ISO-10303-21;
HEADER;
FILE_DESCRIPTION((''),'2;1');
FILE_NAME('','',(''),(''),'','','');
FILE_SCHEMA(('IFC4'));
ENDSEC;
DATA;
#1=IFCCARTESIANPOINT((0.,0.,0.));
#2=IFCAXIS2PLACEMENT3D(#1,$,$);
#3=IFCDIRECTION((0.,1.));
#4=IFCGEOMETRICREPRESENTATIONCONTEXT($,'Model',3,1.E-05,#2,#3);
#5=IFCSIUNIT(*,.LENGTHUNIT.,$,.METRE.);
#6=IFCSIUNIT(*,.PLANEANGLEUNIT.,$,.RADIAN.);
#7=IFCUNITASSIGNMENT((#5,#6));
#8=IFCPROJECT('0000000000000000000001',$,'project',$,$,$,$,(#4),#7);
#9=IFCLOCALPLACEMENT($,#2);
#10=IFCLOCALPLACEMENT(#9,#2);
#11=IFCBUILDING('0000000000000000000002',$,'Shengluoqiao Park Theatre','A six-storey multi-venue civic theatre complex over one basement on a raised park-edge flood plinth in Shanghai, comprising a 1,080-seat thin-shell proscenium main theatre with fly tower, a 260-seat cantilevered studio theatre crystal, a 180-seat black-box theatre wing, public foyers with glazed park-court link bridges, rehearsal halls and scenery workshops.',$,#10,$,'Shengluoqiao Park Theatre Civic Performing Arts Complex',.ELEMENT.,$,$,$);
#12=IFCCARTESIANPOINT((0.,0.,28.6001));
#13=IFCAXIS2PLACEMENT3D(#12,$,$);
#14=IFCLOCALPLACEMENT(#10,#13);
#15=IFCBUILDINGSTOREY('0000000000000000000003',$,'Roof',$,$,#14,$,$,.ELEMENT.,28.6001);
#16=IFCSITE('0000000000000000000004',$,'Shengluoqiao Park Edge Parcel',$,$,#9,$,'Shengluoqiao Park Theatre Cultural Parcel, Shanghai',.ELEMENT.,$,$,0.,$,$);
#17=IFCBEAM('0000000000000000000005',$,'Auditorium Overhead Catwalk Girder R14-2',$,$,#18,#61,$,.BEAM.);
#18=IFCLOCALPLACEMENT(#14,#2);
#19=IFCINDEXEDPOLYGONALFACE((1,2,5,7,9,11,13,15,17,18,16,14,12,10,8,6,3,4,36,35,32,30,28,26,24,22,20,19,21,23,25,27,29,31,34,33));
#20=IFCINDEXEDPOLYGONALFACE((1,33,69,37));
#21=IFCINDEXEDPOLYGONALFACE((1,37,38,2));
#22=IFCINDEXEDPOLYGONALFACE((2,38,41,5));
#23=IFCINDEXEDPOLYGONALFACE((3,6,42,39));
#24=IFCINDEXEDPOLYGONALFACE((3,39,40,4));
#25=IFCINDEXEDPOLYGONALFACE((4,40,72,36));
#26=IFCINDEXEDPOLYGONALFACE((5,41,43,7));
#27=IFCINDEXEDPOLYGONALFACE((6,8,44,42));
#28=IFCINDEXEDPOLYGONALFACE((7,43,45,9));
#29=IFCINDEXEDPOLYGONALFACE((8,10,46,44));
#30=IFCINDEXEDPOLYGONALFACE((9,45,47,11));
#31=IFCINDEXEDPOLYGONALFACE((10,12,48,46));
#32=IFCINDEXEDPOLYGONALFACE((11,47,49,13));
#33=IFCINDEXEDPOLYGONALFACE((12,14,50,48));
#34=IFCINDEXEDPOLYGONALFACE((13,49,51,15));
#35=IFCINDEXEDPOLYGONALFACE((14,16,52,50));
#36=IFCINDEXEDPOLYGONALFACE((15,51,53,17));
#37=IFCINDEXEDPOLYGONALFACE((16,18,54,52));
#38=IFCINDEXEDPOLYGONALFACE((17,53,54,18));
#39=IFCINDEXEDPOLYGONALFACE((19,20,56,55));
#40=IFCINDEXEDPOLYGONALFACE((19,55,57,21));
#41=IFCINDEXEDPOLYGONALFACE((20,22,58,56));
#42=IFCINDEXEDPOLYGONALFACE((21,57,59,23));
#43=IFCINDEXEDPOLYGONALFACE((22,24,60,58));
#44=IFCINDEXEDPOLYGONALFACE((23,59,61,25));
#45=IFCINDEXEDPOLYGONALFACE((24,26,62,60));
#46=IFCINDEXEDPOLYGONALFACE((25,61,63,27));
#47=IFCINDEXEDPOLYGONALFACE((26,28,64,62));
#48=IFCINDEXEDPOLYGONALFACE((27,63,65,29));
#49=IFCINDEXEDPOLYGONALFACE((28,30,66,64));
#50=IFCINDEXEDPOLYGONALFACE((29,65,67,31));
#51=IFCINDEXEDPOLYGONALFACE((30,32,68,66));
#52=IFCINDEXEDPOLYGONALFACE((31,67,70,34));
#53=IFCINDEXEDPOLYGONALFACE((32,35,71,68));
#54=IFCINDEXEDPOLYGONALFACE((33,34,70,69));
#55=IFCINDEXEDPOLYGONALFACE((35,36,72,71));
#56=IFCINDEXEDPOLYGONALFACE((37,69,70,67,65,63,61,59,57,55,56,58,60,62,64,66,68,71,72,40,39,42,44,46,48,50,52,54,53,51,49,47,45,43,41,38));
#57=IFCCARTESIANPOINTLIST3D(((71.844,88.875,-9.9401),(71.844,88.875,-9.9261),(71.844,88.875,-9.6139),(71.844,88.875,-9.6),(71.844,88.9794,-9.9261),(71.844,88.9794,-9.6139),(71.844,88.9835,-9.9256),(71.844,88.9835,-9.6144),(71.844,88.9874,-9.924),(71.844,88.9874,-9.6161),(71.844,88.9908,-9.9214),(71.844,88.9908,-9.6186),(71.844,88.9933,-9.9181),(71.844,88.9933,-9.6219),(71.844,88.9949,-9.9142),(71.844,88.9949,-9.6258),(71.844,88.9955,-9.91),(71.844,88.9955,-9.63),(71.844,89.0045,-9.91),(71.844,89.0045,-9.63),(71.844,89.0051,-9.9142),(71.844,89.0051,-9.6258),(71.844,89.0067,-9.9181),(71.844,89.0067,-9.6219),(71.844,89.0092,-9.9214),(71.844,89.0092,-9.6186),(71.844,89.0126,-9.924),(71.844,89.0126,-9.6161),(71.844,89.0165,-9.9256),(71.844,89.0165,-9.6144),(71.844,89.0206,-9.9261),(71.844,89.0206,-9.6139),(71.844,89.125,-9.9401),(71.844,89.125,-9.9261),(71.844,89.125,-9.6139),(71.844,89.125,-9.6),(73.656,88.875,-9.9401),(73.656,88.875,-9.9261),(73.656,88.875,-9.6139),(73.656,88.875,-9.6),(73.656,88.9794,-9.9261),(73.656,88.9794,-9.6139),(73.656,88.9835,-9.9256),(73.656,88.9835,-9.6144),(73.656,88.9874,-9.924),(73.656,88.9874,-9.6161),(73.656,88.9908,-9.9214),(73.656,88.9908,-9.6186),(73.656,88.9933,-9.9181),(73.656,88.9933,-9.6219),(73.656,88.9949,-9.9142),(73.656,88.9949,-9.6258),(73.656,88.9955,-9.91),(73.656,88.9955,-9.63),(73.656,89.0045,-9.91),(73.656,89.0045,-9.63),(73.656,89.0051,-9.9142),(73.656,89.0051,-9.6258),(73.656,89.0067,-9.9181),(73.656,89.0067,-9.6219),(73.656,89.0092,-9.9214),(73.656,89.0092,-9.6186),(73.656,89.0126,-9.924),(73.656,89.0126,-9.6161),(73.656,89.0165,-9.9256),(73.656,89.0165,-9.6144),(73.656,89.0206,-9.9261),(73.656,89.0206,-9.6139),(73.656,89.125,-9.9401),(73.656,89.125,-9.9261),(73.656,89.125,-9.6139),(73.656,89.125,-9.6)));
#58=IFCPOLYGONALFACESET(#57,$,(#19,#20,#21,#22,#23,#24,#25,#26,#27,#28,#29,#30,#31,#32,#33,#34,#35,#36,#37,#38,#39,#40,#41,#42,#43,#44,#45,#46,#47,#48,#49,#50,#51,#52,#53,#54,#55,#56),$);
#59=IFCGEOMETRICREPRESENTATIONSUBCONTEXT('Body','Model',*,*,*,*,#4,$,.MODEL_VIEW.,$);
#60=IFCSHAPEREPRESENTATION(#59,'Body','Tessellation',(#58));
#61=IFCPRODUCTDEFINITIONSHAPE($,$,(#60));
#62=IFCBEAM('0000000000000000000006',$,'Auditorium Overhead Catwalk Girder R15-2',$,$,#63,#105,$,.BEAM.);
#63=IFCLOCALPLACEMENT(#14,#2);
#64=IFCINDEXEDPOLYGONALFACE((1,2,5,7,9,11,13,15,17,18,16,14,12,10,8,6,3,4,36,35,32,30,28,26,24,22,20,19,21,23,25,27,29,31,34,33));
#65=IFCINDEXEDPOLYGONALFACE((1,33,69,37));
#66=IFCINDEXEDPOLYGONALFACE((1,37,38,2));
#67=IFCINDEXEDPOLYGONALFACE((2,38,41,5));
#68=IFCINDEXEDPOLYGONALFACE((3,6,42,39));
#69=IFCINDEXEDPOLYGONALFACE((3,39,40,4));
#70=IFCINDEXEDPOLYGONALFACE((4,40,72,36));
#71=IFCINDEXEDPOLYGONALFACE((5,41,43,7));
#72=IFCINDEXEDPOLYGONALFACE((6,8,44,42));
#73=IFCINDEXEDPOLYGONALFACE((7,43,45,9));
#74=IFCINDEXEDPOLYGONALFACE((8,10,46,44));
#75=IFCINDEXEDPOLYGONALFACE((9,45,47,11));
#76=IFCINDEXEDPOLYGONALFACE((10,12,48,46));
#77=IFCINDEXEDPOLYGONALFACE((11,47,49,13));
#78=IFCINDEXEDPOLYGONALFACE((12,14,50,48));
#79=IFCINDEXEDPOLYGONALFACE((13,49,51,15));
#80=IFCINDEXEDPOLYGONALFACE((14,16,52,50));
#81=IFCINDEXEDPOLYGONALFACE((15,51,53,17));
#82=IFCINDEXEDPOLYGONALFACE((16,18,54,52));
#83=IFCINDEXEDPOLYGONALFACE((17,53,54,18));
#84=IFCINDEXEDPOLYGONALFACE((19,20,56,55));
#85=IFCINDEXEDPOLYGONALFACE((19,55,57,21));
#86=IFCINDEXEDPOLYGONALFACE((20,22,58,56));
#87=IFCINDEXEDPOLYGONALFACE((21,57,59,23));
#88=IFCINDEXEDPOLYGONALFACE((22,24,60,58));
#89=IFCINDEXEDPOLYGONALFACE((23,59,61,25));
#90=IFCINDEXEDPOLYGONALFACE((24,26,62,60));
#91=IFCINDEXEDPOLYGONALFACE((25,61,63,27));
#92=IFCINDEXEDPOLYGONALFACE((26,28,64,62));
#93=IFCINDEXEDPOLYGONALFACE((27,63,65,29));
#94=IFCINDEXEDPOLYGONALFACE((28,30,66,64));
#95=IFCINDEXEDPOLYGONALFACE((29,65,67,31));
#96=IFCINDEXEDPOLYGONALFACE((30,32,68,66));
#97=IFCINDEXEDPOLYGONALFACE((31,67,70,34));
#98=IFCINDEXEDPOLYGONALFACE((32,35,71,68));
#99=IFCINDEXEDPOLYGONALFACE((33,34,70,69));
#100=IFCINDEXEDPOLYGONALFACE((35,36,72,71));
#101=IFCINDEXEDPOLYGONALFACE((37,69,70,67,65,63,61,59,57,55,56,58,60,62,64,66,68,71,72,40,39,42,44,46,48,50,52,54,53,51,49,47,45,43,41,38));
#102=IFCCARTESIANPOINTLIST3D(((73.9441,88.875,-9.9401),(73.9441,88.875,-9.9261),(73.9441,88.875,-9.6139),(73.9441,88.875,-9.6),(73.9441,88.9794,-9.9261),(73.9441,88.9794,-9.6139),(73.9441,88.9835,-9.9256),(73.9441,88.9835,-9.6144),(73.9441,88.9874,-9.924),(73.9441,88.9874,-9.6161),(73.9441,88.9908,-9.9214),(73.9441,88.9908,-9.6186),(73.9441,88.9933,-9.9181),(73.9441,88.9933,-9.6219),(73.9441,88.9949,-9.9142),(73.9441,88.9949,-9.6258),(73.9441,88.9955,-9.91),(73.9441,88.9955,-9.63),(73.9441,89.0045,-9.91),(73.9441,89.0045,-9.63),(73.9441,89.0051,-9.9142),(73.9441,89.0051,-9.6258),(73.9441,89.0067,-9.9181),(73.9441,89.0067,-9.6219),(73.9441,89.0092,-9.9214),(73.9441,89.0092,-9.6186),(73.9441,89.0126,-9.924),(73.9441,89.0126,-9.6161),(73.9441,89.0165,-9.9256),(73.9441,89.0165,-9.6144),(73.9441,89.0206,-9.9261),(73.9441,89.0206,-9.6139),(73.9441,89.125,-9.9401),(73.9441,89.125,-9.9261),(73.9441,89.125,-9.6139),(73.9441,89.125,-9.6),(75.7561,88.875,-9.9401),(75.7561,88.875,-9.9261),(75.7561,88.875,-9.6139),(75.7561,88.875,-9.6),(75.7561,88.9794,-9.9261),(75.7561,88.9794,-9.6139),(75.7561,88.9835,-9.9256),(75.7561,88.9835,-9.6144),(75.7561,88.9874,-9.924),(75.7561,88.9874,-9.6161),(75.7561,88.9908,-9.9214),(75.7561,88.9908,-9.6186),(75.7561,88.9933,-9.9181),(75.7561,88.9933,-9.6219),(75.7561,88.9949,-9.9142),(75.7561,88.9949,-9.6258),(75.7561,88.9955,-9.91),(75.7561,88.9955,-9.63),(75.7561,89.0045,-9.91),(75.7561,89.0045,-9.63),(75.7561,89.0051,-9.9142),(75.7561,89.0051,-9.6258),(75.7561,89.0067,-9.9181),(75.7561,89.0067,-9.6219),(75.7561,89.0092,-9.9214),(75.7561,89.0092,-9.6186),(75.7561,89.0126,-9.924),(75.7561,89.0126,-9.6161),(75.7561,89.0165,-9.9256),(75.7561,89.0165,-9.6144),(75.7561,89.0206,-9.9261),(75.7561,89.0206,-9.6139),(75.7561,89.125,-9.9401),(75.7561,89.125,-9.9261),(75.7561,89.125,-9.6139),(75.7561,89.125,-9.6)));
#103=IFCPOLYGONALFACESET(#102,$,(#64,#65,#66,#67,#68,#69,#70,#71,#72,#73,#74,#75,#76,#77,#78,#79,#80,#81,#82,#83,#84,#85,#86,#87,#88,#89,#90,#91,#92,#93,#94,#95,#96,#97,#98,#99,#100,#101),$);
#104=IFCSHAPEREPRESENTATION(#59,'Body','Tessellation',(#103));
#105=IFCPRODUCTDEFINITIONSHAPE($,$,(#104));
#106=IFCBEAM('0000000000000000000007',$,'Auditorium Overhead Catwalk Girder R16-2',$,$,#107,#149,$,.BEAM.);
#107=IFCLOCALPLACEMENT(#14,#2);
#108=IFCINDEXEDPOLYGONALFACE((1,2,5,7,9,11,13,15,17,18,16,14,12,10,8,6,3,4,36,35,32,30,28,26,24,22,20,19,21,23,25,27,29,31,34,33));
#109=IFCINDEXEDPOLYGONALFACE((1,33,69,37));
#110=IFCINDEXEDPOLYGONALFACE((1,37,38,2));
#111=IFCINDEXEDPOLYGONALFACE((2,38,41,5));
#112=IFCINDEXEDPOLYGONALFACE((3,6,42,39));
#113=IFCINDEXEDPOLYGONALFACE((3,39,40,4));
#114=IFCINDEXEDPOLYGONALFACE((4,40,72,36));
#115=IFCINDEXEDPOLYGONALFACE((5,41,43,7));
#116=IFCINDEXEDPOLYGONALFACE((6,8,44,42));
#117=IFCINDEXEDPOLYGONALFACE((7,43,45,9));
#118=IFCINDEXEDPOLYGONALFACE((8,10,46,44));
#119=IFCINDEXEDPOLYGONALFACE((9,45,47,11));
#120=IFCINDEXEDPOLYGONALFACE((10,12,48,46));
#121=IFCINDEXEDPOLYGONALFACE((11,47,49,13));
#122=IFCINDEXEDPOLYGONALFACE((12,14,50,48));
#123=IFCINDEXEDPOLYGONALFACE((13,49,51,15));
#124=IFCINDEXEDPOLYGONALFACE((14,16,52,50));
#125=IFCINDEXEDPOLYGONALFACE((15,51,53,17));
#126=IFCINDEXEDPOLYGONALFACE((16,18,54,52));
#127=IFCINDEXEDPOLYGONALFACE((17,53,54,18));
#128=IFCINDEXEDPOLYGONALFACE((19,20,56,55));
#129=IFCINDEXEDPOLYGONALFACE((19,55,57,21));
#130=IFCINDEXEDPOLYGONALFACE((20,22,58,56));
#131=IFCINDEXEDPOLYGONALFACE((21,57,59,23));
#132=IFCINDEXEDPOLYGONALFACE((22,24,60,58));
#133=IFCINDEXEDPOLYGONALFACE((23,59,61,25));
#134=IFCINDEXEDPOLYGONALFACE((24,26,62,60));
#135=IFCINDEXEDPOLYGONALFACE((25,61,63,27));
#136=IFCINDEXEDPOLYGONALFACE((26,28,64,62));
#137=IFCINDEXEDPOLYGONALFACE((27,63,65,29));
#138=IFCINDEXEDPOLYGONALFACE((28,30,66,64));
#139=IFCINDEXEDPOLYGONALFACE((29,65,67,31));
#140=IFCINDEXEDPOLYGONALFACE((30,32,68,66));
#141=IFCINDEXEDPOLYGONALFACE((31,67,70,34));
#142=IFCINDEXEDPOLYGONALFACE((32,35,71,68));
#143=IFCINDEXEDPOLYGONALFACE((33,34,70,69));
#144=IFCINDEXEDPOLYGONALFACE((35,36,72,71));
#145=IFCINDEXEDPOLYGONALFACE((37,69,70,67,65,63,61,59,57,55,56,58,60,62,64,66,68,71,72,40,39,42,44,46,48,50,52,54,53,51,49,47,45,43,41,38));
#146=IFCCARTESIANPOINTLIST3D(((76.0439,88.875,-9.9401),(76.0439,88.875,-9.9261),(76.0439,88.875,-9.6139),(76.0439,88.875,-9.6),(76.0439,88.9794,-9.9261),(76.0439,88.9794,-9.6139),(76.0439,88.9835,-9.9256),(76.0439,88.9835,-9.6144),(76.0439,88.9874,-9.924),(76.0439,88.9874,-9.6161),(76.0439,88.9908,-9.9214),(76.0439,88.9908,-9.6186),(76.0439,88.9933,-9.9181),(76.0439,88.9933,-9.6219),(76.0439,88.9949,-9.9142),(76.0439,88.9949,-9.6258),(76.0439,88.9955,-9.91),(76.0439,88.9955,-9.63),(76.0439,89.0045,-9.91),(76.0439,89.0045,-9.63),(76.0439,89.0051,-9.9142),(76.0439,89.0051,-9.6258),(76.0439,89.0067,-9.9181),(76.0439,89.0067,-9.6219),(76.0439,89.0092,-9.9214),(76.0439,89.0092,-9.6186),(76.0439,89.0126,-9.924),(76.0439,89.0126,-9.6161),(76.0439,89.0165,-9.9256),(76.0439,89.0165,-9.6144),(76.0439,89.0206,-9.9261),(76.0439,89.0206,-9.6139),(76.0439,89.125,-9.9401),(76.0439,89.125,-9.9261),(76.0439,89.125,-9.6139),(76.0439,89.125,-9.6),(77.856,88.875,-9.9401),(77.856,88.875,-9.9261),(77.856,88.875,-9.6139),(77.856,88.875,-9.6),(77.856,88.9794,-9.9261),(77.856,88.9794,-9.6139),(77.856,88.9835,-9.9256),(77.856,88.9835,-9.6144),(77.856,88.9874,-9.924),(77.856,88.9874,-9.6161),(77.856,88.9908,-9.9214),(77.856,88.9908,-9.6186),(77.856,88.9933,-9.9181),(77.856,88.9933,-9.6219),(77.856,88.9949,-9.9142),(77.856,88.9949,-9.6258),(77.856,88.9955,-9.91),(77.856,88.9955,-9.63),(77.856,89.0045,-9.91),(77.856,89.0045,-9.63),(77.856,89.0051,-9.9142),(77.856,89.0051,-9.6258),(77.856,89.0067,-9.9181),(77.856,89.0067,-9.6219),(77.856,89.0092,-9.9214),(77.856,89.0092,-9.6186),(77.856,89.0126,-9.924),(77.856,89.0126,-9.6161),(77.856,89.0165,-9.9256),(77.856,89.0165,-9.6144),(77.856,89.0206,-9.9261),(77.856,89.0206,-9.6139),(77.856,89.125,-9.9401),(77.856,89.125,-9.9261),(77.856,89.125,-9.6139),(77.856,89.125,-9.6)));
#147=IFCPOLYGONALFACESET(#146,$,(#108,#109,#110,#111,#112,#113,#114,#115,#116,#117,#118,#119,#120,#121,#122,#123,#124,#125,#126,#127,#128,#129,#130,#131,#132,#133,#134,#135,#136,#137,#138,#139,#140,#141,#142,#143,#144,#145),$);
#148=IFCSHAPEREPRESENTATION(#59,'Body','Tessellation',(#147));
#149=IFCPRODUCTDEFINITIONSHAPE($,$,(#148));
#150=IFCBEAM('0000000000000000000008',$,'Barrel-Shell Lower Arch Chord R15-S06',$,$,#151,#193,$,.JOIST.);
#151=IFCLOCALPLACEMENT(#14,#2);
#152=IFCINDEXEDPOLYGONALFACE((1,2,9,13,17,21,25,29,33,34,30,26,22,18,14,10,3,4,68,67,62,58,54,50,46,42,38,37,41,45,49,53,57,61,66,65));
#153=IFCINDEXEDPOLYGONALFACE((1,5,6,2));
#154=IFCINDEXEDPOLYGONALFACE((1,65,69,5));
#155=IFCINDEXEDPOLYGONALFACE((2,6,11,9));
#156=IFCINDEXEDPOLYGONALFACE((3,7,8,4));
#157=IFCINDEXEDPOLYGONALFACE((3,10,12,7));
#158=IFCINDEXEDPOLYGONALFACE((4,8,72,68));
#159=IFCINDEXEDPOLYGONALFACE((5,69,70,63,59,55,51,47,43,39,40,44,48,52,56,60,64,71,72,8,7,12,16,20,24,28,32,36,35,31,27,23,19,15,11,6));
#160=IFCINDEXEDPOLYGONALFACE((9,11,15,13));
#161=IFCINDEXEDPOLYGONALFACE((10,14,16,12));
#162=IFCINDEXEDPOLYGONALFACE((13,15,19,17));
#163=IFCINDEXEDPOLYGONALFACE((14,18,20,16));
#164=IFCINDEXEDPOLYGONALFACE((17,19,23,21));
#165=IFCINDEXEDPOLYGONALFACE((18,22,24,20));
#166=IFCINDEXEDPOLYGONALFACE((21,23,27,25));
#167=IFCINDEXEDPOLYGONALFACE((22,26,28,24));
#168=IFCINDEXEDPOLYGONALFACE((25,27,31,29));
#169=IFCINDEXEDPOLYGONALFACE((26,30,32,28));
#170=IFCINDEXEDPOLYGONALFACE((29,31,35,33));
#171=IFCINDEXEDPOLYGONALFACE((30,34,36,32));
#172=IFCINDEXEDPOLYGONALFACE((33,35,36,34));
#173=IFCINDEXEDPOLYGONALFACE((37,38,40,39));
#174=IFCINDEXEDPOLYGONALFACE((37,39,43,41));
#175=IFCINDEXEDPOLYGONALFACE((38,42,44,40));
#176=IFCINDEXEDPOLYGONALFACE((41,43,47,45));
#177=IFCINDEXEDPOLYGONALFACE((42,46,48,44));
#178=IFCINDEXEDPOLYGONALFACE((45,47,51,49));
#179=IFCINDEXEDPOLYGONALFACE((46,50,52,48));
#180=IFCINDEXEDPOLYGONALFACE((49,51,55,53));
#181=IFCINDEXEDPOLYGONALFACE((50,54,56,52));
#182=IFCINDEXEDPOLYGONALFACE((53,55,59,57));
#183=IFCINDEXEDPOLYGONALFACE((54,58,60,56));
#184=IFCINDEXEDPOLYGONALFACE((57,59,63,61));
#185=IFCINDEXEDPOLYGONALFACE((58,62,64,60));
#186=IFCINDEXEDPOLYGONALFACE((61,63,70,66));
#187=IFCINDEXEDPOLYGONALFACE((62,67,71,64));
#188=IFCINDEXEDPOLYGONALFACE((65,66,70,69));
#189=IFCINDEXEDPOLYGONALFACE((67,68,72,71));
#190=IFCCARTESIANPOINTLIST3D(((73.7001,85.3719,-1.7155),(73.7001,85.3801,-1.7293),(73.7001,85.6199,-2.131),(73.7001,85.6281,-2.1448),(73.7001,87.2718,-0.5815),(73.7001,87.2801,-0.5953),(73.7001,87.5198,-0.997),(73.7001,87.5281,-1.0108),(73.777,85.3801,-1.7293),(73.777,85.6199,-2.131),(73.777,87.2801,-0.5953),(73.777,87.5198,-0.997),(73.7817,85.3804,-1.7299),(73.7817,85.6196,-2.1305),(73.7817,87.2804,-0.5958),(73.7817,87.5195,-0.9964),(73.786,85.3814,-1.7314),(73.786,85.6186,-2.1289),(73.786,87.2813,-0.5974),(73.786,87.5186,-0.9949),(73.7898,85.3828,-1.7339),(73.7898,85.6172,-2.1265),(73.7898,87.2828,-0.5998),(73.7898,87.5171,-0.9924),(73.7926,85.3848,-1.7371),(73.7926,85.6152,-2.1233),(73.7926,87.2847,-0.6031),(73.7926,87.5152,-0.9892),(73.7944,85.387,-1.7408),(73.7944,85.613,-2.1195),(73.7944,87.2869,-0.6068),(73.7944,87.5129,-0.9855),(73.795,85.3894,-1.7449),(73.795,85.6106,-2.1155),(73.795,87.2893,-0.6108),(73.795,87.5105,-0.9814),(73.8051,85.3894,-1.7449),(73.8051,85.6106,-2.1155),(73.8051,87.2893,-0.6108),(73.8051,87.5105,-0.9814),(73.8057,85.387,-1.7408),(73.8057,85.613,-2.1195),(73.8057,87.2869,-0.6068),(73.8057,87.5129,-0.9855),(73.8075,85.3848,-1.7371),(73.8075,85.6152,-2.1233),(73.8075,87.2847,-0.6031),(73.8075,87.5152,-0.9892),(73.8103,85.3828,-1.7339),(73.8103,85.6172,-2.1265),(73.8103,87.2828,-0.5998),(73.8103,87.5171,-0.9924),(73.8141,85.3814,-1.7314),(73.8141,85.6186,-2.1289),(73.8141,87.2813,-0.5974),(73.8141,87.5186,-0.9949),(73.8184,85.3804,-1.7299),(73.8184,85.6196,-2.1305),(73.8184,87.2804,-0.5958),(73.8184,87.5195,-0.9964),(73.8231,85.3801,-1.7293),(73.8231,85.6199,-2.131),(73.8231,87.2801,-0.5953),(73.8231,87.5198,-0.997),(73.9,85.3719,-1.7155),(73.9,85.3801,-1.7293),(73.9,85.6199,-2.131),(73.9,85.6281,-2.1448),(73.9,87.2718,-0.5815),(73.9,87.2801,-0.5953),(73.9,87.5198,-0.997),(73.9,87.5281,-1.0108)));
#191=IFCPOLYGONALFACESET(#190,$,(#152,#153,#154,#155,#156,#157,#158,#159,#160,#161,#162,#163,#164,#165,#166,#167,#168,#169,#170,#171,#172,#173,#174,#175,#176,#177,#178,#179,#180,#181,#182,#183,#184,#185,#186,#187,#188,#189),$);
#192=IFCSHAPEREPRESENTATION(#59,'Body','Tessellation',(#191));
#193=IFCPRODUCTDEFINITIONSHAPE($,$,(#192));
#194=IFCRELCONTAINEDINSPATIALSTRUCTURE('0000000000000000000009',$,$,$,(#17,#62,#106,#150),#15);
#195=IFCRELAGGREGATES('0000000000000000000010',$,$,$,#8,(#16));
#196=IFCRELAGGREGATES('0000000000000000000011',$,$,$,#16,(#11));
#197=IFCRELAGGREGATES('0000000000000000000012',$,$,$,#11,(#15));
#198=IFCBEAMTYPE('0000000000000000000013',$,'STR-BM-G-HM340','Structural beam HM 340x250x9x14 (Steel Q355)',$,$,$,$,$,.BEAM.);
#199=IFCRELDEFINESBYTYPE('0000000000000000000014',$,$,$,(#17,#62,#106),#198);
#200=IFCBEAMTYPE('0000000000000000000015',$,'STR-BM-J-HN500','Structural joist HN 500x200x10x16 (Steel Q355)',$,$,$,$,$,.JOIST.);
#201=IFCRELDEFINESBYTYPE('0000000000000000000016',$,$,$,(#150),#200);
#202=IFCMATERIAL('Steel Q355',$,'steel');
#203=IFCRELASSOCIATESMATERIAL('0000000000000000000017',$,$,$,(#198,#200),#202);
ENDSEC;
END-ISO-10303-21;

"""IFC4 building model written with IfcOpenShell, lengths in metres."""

from ifc_helpers import new_model, si_unit, direction, frame, origin, origin_2d, place, context, subcontext, project, spatial, i_section, extrude, material, material_profile, profile_set, type_object, element, save


model = new_model("IFC4")

# Units and contexts
model_context = context("Model", 3, precision=1e-05, world=origin(), true_north=direction((0.0, 1.0)))
body_context = subcontext(model_context, "Body", "Model", "MODEL_VIEW")
ifc_project = project(units=[si_unit("LENGTHUNIT", "METRE"), si_unit("PLANEANGLEUNIT", "RADIAN")], contexts=[model_context])

# Site, building, storey
site_placement = place(None, origin())
site = spatial("IfcSite", under=ifc_project, at=site_placement, Name="Shengluoqiao Park Edge Parcel", LongName="Shengluoqiao Park Theatre Cultural Parcel, Shanghai", CompositionType="ELEMENT", RefElevation=0.0)
building_placement = place(site_placement, origin())
building = spatial("IfcBuilding", under=site, at=building_placement, Name="Shengluoqiao Park Theatre", Description="A six-storey multi-venue civic theatre complex over one basement on a raised park-edge flood plinth in Shanghai, comprising a 1,080-seat thin-shell proscenium main theatre with fly tower, a 260-seat cantilevered studio theatre crystal, a 180-seat black-box theatre wing, public foyers with glazed park-court link bridges, rehearsal halls and scenery workshops.", LongName="Shengluoqiao Park Theatre Civic Performing Arts Complex", CompositionType="ELEMENT")
storey_placement = place(building_placement, frame((0.0, 0.0, 28.6001)))
storey = spatial("IfcBuildingStorey", under=building, at=storey_placement, Name="Roof", CompositionType="ELEMENT", Elevation=28.6001)

# Beams
ifc_material = material(Name="Steel Q355", Category="steel")
ifc_material_profile_1 = material_profile(ifc_material, i_section(OverallWidth=0.25, OverallDepth=0.3401, WebThickness=0.009, FlangeThickness=0.0139, FilletRadius=0.0161, at=origin_2d()), Name="HM 340x250x9x14")
ifc_profile_set_1 = profile_set([ifc_material_profile_1], Name="Steel Q355")
beam_type_1 = type_object("IfcBeamType", Name="STR-BM-G-HM340", Description="Structural beam HM 340x250x9x14 (Steel Q355)", PredefinedType="BEAM", material=ifc_profile_set_1)
for number, where, z_axis, x_axis, name in (
    (1, (71.844, 89.0, -9.77), (1.0, 0.0, 0.0), (0.0, 1.0, 0.0), "Auditorium Overhead Catwalk Girder R14-2"),
    (2, (73.9441, 89.0, -9.77), (1.0, 0.0, 0.0), (0.0, 1.0, 0.0), "Auditorium Overhead Catwalk Girder R15-2"),
    (3, (76.0439, 89.0, -9.77), (1.0, 0.0, 0.0), (0.0, 1.0, 0.0), "Auditorium Overhead Catwalk Girder R16-2"),
):
    element("IfcBeam", number, at=place(storey_placement, frame(where, z_axis=z_axis, x_axis=x_axis)), inside=storey, type_object=beam_type_1, Name=name, PredefinedType="BEAM", context=body_context, shape_type="SweptSolid", body=[
        extrude(i_section(OverallWidth=0.25, OverallDepth=0.3401, WebThickness=0.009, FlangeThickness=0.0139, FilletRadius=0.0161, at=origin_2d()), origin(), (0.0, 0.0, 1.0), 1.812),
    ])
ifc_material_profile_2 = material_profile(ifc_material, i_section(OverallWidth=0.2, OverallDepth=0.5, WebThickness=0.01, FlangeThickness=0.0161, FilletRadius=0.0181, at=origin_2d()), Name="HN 500x200x10x16")
ifc_profile_set_2 = profile_set([ifc_material_profile_2], Name="Steel Q355")
beam_type_2 = type_object("IfcBeamType", Name="STR-BM-J-HN500", Description="Structural joist HN 500x200x10x16 (Steel Q355)", PredefinedType="JOIST", material=ifc_profile_set_2)
for number, where, z_axis, x_axis, name in (
    (4, (73.8, 85.5, -1.9302), (0.0, 0.858669, 0.512531), (-1.0, 0.0, 0.0), "Barrel-Shell Lower Arch Chord R15-S06"),
):
    element("IfcBeam", number, at=place(storey_placement, frame(where, z_axis=z_axis, x_axis=x_axis)), inside=storey, type_object=beam_type_2, Name=name, PredefinedType="JOIST", context=body_context, shape_type="SweptSolid", body=[
        extrude(i_section(OverallWidth=0.2, OverallDepth=0.5, WebThickness=0.01, FlangeThickness=0.0161, FilletRadius=0.0181, at=origin_2d()), origin(), (0.0, 0.0, 1.0), 2.2126),
    ])

save(model, "model.ifc")
